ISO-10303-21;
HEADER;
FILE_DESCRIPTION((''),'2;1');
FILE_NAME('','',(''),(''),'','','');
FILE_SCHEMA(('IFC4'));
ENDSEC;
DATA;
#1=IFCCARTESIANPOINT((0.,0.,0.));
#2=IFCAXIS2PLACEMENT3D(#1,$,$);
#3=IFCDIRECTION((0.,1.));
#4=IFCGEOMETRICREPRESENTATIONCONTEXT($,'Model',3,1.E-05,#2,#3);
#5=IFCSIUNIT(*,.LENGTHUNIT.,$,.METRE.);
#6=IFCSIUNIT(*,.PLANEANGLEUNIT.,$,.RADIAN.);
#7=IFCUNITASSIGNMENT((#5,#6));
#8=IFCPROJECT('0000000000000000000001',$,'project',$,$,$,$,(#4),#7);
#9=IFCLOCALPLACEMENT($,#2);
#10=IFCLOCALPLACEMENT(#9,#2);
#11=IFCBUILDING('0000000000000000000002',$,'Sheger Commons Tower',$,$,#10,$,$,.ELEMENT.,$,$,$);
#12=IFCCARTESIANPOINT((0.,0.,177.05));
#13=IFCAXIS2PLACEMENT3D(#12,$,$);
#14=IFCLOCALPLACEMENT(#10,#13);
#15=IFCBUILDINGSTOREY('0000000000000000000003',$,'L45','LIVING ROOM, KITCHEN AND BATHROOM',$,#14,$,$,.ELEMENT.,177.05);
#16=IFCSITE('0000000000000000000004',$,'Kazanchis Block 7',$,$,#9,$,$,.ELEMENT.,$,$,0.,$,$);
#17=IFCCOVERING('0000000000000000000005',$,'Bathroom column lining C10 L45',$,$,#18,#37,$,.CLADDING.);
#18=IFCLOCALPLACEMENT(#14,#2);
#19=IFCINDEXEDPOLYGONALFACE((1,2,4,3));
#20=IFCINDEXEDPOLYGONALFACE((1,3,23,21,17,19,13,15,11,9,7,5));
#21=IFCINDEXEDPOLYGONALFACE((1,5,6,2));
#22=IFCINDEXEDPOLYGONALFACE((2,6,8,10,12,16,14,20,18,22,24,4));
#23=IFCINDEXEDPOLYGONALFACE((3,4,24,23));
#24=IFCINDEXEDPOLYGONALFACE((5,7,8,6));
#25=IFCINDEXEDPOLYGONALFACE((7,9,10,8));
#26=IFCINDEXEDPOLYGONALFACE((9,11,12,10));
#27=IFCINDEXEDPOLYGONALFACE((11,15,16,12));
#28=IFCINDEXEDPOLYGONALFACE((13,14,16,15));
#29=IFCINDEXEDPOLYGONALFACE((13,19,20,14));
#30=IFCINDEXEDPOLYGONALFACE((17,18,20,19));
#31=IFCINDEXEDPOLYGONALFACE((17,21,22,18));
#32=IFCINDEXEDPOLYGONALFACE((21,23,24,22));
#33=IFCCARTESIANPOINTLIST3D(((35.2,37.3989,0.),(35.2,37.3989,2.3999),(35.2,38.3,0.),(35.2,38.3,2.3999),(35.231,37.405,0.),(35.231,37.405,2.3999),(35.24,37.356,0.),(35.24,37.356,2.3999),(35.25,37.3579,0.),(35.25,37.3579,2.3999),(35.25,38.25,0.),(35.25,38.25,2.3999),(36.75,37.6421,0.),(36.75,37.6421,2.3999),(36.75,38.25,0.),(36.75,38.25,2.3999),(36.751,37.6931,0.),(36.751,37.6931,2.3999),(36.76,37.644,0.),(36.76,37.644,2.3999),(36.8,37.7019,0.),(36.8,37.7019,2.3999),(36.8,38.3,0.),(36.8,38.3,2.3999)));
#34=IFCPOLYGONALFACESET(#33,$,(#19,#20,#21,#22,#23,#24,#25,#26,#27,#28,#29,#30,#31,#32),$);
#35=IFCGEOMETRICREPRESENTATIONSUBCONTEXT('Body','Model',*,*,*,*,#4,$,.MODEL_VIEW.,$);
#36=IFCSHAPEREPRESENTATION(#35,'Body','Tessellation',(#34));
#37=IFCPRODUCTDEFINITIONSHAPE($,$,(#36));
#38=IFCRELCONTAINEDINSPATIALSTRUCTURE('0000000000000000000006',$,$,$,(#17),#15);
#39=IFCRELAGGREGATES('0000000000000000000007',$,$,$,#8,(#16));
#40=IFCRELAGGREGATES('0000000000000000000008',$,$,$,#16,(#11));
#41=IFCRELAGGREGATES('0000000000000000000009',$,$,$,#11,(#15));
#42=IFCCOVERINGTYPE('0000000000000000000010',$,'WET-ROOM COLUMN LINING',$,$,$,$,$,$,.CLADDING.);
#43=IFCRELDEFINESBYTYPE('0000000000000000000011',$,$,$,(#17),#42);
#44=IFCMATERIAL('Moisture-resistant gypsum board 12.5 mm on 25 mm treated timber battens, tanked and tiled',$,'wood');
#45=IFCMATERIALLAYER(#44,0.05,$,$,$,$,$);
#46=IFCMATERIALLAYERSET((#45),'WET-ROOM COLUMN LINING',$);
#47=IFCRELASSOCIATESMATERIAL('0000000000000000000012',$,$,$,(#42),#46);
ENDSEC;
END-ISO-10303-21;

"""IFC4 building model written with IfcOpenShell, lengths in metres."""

from ifc_helpers import new_model, si_unit, direction, frame, origin, place, context, subcontext, project, spatial, polyline, outline, extrude, material, layer, layer_set, type_object, element, save


model = new_model("IFC4")

# Units and contexts
model_context = context("Model", 3, precision=1e-05, world=origin(), true_north=direction((0.0, 1.0)))
body_context = subcontext(model_context, "Body", "Model", "MODEL_VIEW")
ifc_project = project(units=[si_unit("LENGTHUNIT", "METRE"), si_unit("PLANEANGLEUNIT", "RADIAN")], contexts=[model_context])

# Site, building, storey
site_placement = place(None, origin())
site = spatial("IfcSite", under=ifc_project, at=site_placement, Name="Kazanchis Block 7", CompositionType="ELEMENT", RefElevation=0.0)
building_placement = place(site_placement, origin())
building = spatial("IfcBuilding", under=site, at=building_placement, Name="Sheger Commons Tower", CompositionType="ELEMENT")
storey_placement = place(building_placement, frame((0.0, 0.0, 177.05)))
storey = spatial("IfcBuildingStorey", under=building, at=storey_placement, Name="L45", Description="LIVING ROOM, KITCHEN AND BATHROOM", CompositionType="ELEMENT", Elevation=177.05)

# Covering
ifc_material_1 = material(Name="Moisture-resistant gypsum board 12.5 mm on 25 mm treated timber battens, tanked and tiled", Category="wood")
ifc_layer_1 = layer(ifc_material_1, 0.05)
ifc_layer_set_1 = layer_set([ifc_layer_1], Name="WET-ROOM COLUMN LINING")
covering_type_1 = type_object("IfcCoveringType", Name="WET-ROOM COLUMN LINING", PredefinedType="CLADDING", material=ifc_layer_set_1)
covering_1_placement = place(storey_placement, origin())
element("IfcCovering", 1, at=covering_1_placement, inside=storey, type_object=covering_type_1, Name="Bathroom column lining C10 L45", PredefinedType="CLADDING", context=body_context, shape_type="SweptSolid", body=[
    extrude(outline(polyline([(36.8, 38.3), (36.8, 37.7019), (36.751, 37.6931), (36.76, 37.644), (36.75, 37.6421), (36.75, 38.25), (35.25, 38.25), (35.25, 37.3579), (35.24, 37.356), (35.231, 37.405), (35.2, 37.3989), (35.2, 38.3), (36.8, 38.3)])), origin(), (0.0, 0.0, 1.0), 2.3999),
])

save(model, "model.ifc")
